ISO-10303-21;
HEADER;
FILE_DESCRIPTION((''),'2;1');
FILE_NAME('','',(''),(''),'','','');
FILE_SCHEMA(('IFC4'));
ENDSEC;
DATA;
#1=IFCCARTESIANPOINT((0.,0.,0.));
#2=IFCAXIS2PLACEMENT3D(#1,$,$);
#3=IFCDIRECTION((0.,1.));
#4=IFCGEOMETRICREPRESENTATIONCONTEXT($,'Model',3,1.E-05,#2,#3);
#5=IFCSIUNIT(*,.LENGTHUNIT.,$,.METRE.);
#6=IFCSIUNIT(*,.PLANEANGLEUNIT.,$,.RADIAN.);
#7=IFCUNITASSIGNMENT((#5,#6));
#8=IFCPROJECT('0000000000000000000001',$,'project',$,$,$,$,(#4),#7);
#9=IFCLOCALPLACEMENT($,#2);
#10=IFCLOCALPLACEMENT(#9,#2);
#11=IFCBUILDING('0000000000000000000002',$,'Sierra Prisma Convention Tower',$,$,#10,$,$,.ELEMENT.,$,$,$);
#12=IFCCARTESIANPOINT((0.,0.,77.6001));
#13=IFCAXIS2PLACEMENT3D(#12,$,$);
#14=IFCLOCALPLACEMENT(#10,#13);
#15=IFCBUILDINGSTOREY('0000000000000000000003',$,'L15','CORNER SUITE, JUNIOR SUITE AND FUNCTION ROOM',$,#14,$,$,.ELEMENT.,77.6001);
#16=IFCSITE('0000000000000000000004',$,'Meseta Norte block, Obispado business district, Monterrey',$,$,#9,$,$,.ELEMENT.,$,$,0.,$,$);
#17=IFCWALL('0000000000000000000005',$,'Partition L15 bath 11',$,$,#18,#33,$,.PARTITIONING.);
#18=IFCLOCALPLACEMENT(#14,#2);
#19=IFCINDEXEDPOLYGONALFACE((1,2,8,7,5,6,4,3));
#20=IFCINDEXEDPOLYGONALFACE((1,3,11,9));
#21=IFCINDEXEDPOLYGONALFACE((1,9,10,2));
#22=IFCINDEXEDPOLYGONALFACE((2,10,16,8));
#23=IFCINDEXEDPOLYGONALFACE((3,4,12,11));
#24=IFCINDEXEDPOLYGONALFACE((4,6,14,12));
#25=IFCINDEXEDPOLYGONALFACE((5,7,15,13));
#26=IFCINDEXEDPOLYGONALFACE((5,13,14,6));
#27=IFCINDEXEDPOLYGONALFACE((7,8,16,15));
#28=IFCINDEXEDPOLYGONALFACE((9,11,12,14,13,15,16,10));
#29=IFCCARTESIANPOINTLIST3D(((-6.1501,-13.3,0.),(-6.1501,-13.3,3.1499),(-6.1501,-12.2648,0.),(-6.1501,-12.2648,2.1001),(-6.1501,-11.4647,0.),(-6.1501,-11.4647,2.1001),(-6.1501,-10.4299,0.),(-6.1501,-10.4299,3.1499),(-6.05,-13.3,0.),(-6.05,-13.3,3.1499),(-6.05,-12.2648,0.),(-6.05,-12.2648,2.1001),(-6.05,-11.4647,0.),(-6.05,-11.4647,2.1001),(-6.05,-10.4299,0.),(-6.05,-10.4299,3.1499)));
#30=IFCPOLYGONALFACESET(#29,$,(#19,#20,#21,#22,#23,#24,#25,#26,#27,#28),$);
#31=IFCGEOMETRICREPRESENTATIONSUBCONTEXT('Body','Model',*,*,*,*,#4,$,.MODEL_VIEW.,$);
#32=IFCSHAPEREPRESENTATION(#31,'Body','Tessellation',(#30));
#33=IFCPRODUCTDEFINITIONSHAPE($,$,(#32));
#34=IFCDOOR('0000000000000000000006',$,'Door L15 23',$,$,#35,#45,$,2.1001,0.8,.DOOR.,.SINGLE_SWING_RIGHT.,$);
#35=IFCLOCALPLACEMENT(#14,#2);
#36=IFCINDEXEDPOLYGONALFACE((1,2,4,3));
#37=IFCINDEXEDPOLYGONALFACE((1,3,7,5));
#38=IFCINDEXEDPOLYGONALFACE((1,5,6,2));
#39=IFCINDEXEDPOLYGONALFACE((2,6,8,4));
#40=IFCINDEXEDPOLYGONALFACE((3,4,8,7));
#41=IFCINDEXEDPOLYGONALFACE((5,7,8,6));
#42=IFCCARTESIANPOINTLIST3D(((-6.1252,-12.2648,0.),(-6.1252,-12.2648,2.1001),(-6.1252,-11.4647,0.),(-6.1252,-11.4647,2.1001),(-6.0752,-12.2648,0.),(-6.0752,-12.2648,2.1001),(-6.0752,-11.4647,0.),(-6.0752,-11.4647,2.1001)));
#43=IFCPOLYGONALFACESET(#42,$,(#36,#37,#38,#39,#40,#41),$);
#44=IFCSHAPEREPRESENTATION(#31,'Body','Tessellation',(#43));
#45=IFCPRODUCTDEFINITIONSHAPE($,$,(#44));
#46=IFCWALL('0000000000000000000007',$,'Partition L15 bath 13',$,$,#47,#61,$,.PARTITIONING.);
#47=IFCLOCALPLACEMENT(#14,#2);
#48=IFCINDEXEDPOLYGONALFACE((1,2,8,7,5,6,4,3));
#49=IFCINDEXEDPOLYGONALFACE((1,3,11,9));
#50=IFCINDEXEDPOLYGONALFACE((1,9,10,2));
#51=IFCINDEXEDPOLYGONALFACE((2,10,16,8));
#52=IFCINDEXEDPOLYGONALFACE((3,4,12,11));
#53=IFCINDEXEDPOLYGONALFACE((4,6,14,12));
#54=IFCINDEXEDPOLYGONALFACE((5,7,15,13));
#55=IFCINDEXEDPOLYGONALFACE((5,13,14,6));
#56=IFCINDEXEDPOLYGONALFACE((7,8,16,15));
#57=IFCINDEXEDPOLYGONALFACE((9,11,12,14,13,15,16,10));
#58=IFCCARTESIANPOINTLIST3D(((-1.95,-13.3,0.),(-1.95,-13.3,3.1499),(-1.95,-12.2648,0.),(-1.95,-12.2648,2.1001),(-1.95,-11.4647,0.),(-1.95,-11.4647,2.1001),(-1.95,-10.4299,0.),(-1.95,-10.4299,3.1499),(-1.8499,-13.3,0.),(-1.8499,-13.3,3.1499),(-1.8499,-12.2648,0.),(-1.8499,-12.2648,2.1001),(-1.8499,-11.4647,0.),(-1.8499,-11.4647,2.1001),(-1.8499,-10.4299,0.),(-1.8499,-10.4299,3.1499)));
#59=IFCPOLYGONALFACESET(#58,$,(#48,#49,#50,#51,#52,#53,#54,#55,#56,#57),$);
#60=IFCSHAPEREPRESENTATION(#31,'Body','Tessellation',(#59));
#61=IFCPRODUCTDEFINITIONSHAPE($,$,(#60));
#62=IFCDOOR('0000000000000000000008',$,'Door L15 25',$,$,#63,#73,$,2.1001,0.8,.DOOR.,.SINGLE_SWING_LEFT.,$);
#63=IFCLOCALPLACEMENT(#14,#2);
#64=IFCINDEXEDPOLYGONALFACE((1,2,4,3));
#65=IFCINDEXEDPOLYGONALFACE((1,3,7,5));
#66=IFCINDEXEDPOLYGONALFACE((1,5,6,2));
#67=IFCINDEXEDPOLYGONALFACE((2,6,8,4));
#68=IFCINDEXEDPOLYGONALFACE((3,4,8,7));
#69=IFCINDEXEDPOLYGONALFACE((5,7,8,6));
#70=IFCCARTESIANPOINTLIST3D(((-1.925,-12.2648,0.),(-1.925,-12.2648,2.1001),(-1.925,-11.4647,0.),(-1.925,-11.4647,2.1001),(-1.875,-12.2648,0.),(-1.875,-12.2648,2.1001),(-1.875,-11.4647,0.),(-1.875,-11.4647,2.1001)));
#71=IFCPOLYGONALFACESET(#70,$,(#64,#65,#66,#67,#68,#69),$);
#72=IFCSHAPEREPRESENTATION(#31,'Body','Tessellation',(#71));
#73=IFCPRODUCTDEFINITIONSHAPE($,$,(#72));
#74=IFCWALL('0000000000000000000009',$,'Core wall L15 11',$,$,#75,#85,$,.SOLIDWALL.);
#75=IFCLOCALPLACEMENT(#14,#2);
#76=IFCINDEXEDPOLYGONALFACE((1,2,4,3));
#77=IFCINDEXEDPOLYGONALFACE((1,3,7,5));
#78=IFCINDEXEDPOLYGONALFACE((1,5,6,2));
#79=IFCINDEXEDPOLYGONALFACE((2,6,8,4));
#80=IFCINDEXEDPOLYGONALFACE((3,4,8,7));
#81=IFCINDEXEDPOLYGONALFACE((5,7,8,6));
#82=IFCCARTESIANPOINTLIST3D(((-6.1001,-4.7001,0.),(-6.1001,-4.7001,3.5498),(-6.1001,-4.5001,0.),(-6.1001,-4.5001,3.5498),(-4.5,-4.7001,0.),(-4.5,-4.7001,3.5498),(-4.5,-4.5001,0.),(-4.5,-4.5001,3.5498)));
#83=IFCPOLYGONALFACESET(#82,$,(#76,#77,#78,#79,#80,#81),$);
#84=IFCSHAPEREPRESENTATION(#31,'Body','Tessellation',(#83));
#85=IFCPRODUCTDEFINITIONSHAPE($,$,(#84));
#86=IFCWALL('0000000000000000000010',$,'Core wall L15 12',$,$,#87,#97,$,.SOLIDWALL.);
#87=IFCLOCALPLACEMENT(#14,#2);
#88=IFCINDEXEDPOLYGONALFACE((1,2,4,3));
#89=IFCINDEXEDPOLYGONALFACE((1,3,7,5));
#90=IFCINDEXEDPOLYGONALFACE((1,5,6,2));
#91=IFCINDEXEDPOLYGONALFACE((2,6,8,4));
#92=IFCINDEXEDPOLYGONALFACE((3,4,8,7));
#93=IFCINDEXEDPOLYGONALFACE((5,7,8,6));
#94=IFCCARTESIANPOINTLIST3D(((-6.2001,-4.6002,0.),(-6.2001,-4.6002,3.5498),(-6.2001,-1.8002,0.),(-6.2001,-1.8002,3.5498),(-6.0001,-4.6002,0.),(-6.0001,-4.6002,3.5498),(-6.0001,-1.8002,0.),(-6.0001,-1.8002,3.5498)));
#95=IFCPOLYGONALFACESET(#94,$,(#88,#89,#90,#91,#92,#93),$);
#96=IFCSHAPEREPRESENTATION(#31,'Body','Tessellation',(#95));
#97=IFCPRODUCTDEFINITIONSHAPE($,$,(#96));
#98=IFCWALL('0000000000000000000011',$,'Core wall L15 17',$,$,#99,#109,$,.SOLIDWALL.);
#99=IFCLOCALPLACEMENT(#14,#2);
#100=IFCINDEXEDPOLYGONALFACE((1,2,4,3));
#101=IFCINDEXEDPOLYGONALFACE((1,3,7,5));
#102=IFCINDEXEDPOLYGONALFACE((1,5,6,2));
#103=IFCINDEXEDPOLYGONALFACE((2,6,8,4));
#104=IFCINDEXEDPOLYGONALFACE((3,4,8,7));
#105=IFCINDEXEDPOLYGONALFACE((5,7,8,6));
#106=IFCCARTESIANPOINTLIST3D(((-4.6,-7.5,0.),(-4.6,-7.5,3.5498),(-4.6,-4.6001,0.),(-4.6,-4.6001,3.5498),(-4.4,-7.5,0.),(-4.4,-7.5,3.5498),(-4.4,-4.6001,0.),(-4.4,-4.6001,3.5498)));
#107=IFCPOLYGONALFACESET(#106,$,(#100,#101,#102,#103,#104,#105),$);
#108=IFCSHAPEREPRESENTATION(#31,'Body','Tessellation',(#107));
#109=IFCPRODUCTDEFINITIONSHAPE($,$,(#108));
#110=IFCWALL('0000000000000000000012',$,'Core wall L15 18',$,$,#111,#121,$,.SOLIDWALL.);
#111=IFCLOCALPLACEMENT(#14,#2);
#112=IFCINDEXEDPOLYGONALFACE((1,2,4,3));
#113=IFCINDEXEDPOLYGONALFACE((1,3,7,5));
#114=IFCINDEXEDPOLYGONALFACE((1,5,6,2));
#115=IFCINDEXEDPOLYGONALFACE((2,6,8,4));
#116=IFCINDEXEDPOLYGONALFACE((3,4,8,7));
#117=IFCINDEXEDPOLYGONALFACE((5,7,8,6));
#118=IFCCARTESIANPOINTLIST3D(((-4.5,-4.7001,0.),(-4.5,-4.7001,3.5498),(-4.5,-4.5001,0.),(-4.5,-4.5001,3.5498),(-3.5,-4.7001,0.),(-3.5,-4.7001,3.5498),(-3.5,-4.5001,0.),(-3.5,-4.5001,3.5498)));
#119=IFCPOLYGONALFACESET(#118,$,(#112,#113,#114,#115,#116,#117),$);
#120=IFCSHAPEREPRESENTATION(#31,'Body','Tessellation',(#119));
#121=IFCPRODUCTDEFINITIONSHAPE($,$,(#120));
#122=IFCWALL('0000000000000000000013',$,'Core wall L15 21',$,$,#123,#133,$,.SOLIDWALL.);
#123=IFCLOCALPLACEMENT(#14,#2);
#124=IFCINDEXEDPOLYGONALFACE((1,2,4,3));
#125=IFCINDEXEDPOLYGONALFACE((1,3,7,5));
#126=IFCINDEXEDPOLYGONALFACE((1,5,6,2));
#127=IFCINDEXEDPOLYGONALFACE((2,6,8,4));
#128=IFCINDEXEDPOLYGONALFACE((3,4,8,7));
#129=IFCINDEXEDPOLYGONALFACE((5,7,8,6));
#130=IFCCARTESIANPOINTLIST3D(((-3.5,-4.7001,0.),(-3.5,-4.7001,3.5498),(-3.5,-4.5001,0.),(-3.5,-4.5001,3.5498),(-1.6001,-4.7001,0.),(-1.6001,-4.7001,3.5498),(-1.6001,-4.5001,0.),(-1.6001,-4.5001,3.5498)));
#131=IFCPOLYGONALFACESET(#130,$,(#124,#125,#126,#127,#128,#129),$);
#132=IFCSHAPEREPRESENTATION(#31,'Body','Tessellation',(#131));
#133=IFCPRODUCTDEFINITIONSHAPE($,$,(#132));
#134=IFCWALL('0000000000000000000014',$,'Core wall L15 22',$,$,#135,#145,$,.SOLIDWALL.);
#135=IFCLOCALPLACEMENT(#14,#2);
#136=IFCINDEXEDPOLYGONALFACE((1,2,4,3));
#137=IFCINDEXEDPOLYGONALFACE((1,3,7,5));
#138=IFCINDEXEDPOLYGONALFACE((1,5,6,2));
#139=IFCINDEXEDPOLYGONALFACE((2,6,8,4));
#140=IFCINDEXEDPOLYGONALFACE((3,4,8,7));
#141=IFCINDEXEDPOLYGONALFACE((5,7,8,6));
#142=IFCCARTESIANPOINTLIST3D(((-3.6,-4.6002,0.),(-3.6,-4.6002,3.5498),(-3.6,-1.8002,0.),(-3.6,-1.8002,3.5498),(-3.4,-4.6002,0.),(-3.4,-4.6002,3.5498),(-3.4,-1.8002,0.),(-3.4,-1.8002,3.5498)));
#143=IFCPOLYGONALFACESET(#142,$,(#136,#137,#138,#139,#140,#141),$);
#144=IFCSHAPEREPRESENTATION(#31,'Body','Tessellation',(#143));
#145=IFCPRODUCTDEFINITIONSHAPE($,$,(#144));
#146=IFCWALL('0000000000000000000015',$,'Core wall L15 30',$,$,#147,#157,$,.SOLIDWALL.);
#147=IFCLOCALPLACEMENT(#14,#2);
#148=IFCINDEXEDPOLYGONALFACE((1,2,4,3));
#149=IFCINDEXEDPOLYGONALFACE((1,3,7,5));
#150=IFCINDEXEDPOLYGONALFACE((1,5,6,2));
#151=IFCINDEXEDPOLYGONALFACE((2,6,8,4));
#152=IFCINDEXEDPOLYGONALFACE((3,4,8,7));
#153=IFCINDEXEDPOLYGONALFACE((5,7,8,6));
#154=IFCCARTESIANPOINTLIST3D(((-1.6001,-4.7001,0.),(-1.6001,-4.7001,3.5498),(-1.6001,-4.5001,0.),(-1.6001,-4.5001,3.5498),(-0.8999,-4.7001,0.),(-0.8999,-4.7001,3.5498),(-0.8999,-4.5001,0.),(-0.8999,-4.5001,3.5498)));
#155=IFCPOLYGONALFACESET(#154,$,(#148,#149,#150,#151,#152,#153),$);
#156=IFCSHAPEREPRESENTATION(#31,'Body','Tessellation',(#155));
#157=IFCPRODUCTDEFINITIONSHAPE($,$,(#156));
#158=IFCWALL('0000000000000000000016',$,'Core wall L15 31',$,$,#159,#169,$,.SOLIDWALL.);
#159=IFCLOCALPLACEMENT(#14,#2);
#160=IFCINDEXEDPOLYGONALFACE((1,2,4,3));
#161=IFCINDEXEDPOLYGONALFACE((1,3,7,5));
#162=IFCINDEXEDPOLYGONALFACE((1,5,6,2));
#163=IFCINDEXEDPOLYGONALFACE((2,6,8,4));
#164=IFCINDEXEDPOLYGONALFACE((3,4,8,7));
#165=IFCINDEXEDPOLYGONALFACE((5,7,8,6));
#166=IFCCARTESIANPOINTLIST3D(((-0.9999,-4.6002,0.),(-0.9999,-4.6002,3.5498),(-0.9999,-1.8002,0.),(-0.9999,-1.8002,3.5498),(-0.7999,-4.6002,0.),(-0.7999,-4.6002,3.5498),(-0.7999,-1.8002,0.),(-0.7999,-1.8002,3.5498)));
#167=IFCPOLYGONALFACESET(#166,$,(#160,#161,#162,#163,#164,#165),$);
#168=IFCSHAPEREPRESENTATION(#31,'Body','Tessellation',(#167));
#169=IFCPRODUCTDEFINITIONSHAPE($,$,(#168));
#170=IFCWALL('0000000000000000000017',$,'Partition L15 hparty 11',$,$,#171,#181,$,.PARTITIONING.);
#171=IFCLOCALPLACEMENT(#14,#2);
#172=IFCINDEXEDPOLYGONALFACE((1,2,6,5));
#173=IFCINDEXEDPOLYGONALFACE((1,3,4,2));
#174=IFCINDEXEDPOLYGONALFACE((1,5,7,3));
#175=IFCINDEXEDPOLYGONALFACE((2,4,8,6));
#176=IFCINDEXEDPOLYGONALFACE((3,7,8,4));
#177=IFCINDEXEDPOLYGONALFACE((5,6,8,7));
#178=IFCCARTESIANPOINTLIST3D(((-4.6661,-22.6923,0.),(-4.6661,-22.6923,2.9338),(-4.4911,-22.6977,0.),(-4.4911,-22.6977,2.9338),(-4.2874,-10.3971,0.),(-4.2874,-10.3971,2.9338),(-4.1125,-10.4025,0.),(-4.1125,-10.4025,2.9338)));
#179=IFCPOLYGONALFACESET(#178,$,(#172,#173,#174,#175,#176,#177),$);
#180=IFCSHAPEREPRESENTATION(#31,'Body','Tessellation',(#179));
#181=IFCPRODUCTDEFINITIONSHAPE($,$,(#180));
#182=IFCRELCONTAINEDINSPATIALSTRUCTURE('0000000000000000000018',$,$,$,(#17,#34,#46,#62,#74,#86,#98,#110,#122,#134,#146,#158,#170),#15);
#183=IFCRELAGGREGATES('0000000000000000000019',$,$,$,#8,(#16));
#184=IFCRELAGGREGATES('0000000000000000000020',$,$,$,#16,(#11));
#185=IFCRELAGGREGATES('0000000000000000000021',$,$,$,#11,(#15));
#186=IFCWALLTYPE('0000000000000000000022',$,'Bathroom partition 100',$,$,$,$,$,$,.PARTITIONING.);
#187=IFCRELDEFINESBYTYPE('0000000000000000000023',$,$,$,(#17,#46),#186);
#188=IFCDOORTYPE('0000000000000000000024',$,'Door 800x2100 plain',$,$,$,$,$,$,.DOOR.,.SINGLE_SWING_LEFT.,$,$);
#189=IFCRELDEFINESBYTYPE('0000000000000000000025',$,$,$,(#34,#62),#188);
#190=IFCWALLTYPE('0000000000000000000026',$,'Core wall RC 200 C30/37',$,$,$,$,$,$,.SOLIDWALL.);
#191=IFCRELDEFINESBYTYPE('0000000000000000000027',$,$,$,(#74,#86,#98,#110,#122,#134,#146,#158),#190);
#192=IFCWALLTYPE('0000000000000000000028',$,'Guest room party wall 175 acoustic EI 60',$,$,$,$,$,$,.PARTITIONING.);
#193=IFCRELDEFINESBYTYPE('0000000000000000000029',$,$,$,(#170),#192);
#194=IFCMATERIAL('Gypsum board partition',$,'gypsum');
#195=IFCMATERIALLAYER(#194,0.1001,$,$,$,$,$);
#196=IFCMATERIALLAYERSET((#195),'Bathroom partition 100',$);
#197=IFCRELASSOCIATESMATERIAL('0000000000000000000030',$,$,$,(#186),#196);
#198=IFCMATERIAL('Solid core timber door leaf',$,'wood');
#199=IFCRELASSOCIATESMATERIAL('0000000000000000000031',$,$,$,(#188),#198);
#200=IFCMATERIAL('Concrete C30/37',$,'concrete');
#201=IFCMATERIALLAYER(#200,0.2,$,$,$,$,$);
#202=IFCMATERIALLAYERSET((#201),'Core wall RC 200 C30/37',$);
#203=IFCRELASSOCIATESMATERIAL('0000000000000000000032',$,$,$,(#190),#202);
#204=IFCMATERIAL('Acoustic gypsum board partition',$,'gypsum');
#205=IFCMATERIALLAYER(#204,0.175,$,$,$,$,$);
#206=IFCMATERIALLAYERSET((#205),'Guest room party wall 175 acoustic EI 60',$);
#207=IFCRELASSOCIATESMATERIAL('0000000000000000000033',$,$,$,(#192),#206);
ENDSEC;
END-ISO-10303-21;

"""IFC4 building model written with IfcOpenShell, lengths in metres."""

from ifc_helpers import new_model, si_unit, direction, frame, frame_2d, origin, place, context, subcontext, project, spatial, rectangle, extrude, material, layer, layer_set, type_object, element, fill, save


model = new_model("IFC4")

# Units and contexts
model_context = context("Model", 3, precision=1e-05, world=origin(), true_north=direction((0.0, 1.0)))
body_context = subcontext(model_context, "Body", "Model", "MODEL_VIEW")
ifc_project = project(units=[si_unit("LENGTHUNIT", "METRE"), si_unit("PLANEANGLEUNIT", "RADIAN")], contexts=[model_context])

# Site, building, storey
site_placement = place(None, origin())
site = spatial("IfcSite", under=ifc_project, at=site_placement, Name="Meseta Norte block, Obispado business district, Monterrey", CompositionType="ELEMENT", RefElevation=0.0)
building_placement = place(site_placement, origin())
building = spatial("IfcBuilding", under=site, at=building_placement, Name="Sierra Prisma Convention Tower", CompositionType="ELEMENT")
storey_placement = place(building_placement, frame((0.0, 0.0, 77.6001)))
storey = spatial("IfcBuildingStorey", under=building, at=storey_placement, Name="L15", Description="CORNER SUITE, JUNIOR SUITE AND FUNCTION ROOM", CompositionType="ELEMENT", Elevation=77.6001)

# Walls, openings, doors
ifc_material_1 = material(Name="Gypsum board partition", Category="gypsum")
ifc_layer_1 = layer(ifc_material_1, 0.1001)
ifc_layer_set_1 = layer_set([ifc_layer_1], Name="Bathroom partition 100")
wall_type_1 = type_object("IfcWallType", Name="Bathroom partition 100", PredefinedType="PARTITIONING", material=ifc_layer_set_1)
wall_1_placement = place(storey_placement, frame((-6.1001, -10.4299, 0.0), z_axis=(0.0, 0.0, 1.0), x_axis=(0.0, -1.0, 0.0)))
wall_1 = element("IfcWall", 1, at=wall_1_placement, inside=storey, type_object=wall_type_1, Name="Partition L15 bath 11", PredefinedType="PARTITIONING", context=body_context, shape_type="SweptSolid", body=[
    extrude(rectangle(XDim=2.8701, YDim=0.1001, at=frame_2d((1.4351, 0.0))), origin(), (0.0, 0.0, 1.0), 3.1499),
])
opening_1_placement = place(wall_1_placement, frame((1.0349, 0.0, 0.0)))
opening_1 = element("IfcOpeningElement", 2, at=opening_1_placement, cuts=wall_1, PredefinedType="OPENING", context=body_context, shape_type="SweptSolid", body=[
    extrude(rectangle(XDim=0.8, YDim=2.1001, at=frame_2d((0.3999, 1.05))), frame((0.0, 0.05, 0.0), z_axis=(0.0, -1.0, 0.0), x_axis=(1.0, 0.0, 0.0)), (0.0, 0.0, 1.0), 0.1001),
])
ifc_material_2 = material(Name="Solid core timber door leaf", Category="wood")
door_type_1 = type_object("IfcDoorType", Name="Door 800x2100 plain", OperationType="SINGLE_SWING_LEFT", PredefinedType="DOOR", material=ifc_material_2)
door_1_placement = place(opening_1_placement, origin())
door_1 = element("IfcDoor", 3, at=door_1_placement, inside=storey, type_object=door_type_1, Name="Door L15 23", OperationType="SINGLE_SWING_RIGHT", OverallHeight=2.1001, OverallWidth=0.8, PredefinedType="DOOR", context=body_context, shape_type="SweptSolid", body=[
    extrude(rectangle(XDim=0.8, YDim=2.1001, at=frame_2d((0.3999, 1.05))), frame((0.0, 0.0249, 0.0), z_axis=(0.0, -1.0, 0.0), x_axis=(1.0, 0.0, 0.0)), (0.0, 0.0, 1.0), 0.05),
])
fill(opening_1, door_1)
wall_2_placement = place(storey_placement, frame((-1.8999, -10.4299, 0.0), z_axis=(0.0, 0.0, 1.0), x_axis=(0.0, -1.0, 0.0)))
wall_2 = element("IfcWall", 4, at=wall_2_placement, inside=storey, type_object=wall_type_1, Name="Partition L15 bath 13", PredefinedType="PARTITIONING", context=body_context, shape_type="SweptSolid", body=[
    extrude(rectangle(XDim=2.8701, YDim=0.1001, at=frame_2d((1.4351, 0.0))), origin(), (0.0, 0.0, 1.0), 3.1499),
])
opening_2_placement = place(wall_2_placement, frame((1.0349, 0.0, 0.0)))
opening_2 = element("IfcOpeningElement", 5, at=opening_2_placement, cuts=wall_2, PredefinedType="OPENING", context=body_context, shape_type="SweptSolid", body=[
    extrude(rectangle(XDim=0.8, YDim=2.1001, at=frame_2d((0.3999, 1.05))), frame((0.0, 0.05, 0.0), z_axis=(0.0, -1.0, 0.0), x_axis=(1.0, 0.0, 0.0)), (0.0, 0.0, 1.0), 0.1001),
])
door_2_placement = place(opening_2_placement, origin())
door_2 = element("IfcDoor", 6, at=door_2_placement, inside=storey, type_object=door_type_1, Name="Door L15 25", OperationType="SINGLE_SWING_LEFT", OverallHeight=2.1001, OverallWidth=0.8, PredefinedType="DOOR", context=body_context, shape_type="SweptSolid", body=[
    extrude(rectangle(XDim=0.8, YDim=2.1001, at=frame_2d((0.3999, 1.05))), frame((0.0, 0.0249, 0.0), z_axis=(0.0, -1.0, 0.0), x_axis=(1.0, 0.0, 0.0)), (0.0, 0.0, 1.0), 0.05),
])
fill(opening_2, door_2)

# Walls
ifc_material_3 = material(Name="Concrete C30/37", Category="concrete")
ifc_layer_2 = layer(ifc_material_3, 0.2)
ifc_layer_set_2 = layer_set([ifc_layer_2], Name="Core wall RC 200 C30/37")
wall_type_2 = type_object("IfcWallType", Name="Core wall RC 200 C30/37", PredefinedType="SOLIDWALL", material=ifc_layer_set_2)
wall_3_placement = place(storey_placement, frame((-6.1001, -4.6001, 0.0), z_axis=(0.0, 0.0, 1.0), x_axis=(1.0, 0.0, 0.0)))
element("IfcWall", 7, at=wall_3_placement, inside=storey, type_object=wall_type_2, Name="Core wall L15 11", PredefinedType="SOLIDWALL", context=body_context, shape_type="SweptSolid", body=[
    extrude(rectangle(XDim=1.6001, YDim=0.2, at=frame_2d((0.8, 0.0))), origin(), (0.0, 0.0, 1.0), 3.5498),
])
wall_4_placement = place(storey_placement, frame((-6.1001, -4.6001, 0.0), z_axis=(0.0, 0.0, 1.0), x_axis=(0.0, 1.0, 0.0)))
element("IfcWall", 8, at=wall_4_placement, inside=storey, type_object=wall_type_2, Name="Core wall L15 12", PredefinedType="SOLIDWALL", context=body_context, shape_type="SweptSolid", body=[
    extrude(rectangle(XDim=2.8, YDim=0.2, at=frame_2d((1.3999, 0.0))), origin(), (0.0, 0.0, 1.0), 3.5498),
])
wall_5_placement = place(storey_placement, frame((-4.5, -4.6001, 0.0), z_axis=(0.0, 0.0, 1.0), x_axis=(0.0, -1.0, 0.0)))
element("IfcWall", 9, at=wall_5_placement, inside=storey, type_object=wall_type_2, Name="Core wall L15 17", PredefinedType="SOLIDWALL", context=body_context, shape_type="SweptSolid", body=[
    extrude(rectangle(XDim=2.8999, YDim=0.2, at=frame_2d((1.45, 0.0))), origin(), (0.0, 0.0, 1.0), 3.5498),
])
wall_6_placement = place(storey_placement, frame((-4.5, -4.6001, 0.0), z_axis=(0.0, 0.0, 1.0), x_axis=(1.0, 0.0, 0.0)))
element("IfcWall", 10, at=wall_6_placement, inside=storey, type_object=wall_type_2, Name="Core wall L15 18", PredefinedType="SOLIDWALL", context=body_context, shape_type="SweptSolid", body=[
    extrude(rectangle(XDim=1.0, YDim=0.2, at=frame_2d((0.5, 0.0))), origin(), (0.0, 0.0, 1.0), 3.5498),
])
wall_7_placement = place(storey_placement, frame((-3.5, -4.6001, 0.0), z_axis=(0.0, 0.0, 1.0), x_axis=(1.0, 0.0, 0.0)))
element("IfcWall", 11, at=wall_7_placement, inside=storey, type_object=wall_type_2, Name="Core wall L15 21", PredefinedType="SOLIDWALL", context=body_context, shape_type="SweptSolid", body=[
    extrude(rectangle(XDim=1.8999, YDim=0.2, at=frame_2d((0.95, 0.0))), origin(), (0.0, 0.0, 1.0), 3.5498),
])
wall_8_placement = place(storey_placement, frame((-3.5, -4.6001, 0.0), z_axis=(0.0, 0.0, 1.0), x_axis=(0.0, 1.0, 0.0)))
element("IfcWall", 12, at=wall_8_placement, inside=storey, type_object=wall_type_2, Name="Core wall L15 22", PredefinedType="SOLIDWALL", context=body_context, shape_type="SweptSolid", body=[
    extrude(rectangle(XDim=2.8, YDim=0.2, at=frame_2d((1.3999, 0.0))), origin(), (0.0, 0.0, 1.0), 3.5498),
])

# Walls
wall_9_placement = place(storey_placement, frame((-1.6001, -4.6001, 0.0), z_axis=(0.0, 0.0, 1.0), x_axis=(1.0, 0.0, 0.0)))
element("IfcWall", 13, at=wall_9_placement, inside=storey, type_object=wall_type_2, Name="Core wall L15 30", PredefinedType="SOLIDWALL", context=body_context, shape_type="SweptSolid", body=[
    extrude(rectangle(XDim=0.7002, YDim=0.2, at=frame_2d((0.3501, 0.0))), origin(), (0.0, 0.0, 1.0), 3.5498),
])
wall_10_placement = place(storey_placement, frame((-0.8999, -4.6001, 0.0), z_axis=(0.0, 0.0, 1.0), x_axis=(0.0, 1.0, 0.0)))
element("IfcWall", 14, at=wall_10_placement, inside=storey, type_object=wall_type_2, Name="Core wall L15 31", PredefinedType="SOLIDWALL", context=body_context, shape_type="SweptSolid", body=[
    extrude(rectangle(XDim=2.8, YDim=0.2, at=frame_2d((1.3999, 0.0))), origin(), (0.0, 0.0, 1.0), 3.5498),
])
ifc_material_4 = material(Name="Acoustic gypsum board partition", Category="gypsum")
ifc_layer_3 = layer(ifc_material_4, 0.175)
ifc_layer_set_3 = layer_set([ifc_layer_3], Name="Guest room party wall 175 acoustic EI 60")
wall_type_3 = type_object("IfcWallType", Name="Guest room party wall 175 acoustic EI 60", PredefinedType="PARTITIONING", material=ifc_layer_set_3)
wall_11_placement = place(storey_placement, frame((-4.2, -10.3999, 0.0), z_axis=(0.0, 0.0, 1.0), x_axis=(-0.030783, -0.999526, 0.0)))
element("IfcWall", 15, at=wall_11_placement, inside=storey, type_object=wall_type_3, Name="Partition L15 hparty 11", PredefinedType="PARTITIONING", context=body_context, shape_type="SweptSolid", body=[
    extrude(rectangle(XDim=12.301, YDim=0.175, at=frame_2d((6.1504, 0.0))), origin(), (0.0, 0.0, 1.0), 2.9338),
])

save(model, "model.ifc")
